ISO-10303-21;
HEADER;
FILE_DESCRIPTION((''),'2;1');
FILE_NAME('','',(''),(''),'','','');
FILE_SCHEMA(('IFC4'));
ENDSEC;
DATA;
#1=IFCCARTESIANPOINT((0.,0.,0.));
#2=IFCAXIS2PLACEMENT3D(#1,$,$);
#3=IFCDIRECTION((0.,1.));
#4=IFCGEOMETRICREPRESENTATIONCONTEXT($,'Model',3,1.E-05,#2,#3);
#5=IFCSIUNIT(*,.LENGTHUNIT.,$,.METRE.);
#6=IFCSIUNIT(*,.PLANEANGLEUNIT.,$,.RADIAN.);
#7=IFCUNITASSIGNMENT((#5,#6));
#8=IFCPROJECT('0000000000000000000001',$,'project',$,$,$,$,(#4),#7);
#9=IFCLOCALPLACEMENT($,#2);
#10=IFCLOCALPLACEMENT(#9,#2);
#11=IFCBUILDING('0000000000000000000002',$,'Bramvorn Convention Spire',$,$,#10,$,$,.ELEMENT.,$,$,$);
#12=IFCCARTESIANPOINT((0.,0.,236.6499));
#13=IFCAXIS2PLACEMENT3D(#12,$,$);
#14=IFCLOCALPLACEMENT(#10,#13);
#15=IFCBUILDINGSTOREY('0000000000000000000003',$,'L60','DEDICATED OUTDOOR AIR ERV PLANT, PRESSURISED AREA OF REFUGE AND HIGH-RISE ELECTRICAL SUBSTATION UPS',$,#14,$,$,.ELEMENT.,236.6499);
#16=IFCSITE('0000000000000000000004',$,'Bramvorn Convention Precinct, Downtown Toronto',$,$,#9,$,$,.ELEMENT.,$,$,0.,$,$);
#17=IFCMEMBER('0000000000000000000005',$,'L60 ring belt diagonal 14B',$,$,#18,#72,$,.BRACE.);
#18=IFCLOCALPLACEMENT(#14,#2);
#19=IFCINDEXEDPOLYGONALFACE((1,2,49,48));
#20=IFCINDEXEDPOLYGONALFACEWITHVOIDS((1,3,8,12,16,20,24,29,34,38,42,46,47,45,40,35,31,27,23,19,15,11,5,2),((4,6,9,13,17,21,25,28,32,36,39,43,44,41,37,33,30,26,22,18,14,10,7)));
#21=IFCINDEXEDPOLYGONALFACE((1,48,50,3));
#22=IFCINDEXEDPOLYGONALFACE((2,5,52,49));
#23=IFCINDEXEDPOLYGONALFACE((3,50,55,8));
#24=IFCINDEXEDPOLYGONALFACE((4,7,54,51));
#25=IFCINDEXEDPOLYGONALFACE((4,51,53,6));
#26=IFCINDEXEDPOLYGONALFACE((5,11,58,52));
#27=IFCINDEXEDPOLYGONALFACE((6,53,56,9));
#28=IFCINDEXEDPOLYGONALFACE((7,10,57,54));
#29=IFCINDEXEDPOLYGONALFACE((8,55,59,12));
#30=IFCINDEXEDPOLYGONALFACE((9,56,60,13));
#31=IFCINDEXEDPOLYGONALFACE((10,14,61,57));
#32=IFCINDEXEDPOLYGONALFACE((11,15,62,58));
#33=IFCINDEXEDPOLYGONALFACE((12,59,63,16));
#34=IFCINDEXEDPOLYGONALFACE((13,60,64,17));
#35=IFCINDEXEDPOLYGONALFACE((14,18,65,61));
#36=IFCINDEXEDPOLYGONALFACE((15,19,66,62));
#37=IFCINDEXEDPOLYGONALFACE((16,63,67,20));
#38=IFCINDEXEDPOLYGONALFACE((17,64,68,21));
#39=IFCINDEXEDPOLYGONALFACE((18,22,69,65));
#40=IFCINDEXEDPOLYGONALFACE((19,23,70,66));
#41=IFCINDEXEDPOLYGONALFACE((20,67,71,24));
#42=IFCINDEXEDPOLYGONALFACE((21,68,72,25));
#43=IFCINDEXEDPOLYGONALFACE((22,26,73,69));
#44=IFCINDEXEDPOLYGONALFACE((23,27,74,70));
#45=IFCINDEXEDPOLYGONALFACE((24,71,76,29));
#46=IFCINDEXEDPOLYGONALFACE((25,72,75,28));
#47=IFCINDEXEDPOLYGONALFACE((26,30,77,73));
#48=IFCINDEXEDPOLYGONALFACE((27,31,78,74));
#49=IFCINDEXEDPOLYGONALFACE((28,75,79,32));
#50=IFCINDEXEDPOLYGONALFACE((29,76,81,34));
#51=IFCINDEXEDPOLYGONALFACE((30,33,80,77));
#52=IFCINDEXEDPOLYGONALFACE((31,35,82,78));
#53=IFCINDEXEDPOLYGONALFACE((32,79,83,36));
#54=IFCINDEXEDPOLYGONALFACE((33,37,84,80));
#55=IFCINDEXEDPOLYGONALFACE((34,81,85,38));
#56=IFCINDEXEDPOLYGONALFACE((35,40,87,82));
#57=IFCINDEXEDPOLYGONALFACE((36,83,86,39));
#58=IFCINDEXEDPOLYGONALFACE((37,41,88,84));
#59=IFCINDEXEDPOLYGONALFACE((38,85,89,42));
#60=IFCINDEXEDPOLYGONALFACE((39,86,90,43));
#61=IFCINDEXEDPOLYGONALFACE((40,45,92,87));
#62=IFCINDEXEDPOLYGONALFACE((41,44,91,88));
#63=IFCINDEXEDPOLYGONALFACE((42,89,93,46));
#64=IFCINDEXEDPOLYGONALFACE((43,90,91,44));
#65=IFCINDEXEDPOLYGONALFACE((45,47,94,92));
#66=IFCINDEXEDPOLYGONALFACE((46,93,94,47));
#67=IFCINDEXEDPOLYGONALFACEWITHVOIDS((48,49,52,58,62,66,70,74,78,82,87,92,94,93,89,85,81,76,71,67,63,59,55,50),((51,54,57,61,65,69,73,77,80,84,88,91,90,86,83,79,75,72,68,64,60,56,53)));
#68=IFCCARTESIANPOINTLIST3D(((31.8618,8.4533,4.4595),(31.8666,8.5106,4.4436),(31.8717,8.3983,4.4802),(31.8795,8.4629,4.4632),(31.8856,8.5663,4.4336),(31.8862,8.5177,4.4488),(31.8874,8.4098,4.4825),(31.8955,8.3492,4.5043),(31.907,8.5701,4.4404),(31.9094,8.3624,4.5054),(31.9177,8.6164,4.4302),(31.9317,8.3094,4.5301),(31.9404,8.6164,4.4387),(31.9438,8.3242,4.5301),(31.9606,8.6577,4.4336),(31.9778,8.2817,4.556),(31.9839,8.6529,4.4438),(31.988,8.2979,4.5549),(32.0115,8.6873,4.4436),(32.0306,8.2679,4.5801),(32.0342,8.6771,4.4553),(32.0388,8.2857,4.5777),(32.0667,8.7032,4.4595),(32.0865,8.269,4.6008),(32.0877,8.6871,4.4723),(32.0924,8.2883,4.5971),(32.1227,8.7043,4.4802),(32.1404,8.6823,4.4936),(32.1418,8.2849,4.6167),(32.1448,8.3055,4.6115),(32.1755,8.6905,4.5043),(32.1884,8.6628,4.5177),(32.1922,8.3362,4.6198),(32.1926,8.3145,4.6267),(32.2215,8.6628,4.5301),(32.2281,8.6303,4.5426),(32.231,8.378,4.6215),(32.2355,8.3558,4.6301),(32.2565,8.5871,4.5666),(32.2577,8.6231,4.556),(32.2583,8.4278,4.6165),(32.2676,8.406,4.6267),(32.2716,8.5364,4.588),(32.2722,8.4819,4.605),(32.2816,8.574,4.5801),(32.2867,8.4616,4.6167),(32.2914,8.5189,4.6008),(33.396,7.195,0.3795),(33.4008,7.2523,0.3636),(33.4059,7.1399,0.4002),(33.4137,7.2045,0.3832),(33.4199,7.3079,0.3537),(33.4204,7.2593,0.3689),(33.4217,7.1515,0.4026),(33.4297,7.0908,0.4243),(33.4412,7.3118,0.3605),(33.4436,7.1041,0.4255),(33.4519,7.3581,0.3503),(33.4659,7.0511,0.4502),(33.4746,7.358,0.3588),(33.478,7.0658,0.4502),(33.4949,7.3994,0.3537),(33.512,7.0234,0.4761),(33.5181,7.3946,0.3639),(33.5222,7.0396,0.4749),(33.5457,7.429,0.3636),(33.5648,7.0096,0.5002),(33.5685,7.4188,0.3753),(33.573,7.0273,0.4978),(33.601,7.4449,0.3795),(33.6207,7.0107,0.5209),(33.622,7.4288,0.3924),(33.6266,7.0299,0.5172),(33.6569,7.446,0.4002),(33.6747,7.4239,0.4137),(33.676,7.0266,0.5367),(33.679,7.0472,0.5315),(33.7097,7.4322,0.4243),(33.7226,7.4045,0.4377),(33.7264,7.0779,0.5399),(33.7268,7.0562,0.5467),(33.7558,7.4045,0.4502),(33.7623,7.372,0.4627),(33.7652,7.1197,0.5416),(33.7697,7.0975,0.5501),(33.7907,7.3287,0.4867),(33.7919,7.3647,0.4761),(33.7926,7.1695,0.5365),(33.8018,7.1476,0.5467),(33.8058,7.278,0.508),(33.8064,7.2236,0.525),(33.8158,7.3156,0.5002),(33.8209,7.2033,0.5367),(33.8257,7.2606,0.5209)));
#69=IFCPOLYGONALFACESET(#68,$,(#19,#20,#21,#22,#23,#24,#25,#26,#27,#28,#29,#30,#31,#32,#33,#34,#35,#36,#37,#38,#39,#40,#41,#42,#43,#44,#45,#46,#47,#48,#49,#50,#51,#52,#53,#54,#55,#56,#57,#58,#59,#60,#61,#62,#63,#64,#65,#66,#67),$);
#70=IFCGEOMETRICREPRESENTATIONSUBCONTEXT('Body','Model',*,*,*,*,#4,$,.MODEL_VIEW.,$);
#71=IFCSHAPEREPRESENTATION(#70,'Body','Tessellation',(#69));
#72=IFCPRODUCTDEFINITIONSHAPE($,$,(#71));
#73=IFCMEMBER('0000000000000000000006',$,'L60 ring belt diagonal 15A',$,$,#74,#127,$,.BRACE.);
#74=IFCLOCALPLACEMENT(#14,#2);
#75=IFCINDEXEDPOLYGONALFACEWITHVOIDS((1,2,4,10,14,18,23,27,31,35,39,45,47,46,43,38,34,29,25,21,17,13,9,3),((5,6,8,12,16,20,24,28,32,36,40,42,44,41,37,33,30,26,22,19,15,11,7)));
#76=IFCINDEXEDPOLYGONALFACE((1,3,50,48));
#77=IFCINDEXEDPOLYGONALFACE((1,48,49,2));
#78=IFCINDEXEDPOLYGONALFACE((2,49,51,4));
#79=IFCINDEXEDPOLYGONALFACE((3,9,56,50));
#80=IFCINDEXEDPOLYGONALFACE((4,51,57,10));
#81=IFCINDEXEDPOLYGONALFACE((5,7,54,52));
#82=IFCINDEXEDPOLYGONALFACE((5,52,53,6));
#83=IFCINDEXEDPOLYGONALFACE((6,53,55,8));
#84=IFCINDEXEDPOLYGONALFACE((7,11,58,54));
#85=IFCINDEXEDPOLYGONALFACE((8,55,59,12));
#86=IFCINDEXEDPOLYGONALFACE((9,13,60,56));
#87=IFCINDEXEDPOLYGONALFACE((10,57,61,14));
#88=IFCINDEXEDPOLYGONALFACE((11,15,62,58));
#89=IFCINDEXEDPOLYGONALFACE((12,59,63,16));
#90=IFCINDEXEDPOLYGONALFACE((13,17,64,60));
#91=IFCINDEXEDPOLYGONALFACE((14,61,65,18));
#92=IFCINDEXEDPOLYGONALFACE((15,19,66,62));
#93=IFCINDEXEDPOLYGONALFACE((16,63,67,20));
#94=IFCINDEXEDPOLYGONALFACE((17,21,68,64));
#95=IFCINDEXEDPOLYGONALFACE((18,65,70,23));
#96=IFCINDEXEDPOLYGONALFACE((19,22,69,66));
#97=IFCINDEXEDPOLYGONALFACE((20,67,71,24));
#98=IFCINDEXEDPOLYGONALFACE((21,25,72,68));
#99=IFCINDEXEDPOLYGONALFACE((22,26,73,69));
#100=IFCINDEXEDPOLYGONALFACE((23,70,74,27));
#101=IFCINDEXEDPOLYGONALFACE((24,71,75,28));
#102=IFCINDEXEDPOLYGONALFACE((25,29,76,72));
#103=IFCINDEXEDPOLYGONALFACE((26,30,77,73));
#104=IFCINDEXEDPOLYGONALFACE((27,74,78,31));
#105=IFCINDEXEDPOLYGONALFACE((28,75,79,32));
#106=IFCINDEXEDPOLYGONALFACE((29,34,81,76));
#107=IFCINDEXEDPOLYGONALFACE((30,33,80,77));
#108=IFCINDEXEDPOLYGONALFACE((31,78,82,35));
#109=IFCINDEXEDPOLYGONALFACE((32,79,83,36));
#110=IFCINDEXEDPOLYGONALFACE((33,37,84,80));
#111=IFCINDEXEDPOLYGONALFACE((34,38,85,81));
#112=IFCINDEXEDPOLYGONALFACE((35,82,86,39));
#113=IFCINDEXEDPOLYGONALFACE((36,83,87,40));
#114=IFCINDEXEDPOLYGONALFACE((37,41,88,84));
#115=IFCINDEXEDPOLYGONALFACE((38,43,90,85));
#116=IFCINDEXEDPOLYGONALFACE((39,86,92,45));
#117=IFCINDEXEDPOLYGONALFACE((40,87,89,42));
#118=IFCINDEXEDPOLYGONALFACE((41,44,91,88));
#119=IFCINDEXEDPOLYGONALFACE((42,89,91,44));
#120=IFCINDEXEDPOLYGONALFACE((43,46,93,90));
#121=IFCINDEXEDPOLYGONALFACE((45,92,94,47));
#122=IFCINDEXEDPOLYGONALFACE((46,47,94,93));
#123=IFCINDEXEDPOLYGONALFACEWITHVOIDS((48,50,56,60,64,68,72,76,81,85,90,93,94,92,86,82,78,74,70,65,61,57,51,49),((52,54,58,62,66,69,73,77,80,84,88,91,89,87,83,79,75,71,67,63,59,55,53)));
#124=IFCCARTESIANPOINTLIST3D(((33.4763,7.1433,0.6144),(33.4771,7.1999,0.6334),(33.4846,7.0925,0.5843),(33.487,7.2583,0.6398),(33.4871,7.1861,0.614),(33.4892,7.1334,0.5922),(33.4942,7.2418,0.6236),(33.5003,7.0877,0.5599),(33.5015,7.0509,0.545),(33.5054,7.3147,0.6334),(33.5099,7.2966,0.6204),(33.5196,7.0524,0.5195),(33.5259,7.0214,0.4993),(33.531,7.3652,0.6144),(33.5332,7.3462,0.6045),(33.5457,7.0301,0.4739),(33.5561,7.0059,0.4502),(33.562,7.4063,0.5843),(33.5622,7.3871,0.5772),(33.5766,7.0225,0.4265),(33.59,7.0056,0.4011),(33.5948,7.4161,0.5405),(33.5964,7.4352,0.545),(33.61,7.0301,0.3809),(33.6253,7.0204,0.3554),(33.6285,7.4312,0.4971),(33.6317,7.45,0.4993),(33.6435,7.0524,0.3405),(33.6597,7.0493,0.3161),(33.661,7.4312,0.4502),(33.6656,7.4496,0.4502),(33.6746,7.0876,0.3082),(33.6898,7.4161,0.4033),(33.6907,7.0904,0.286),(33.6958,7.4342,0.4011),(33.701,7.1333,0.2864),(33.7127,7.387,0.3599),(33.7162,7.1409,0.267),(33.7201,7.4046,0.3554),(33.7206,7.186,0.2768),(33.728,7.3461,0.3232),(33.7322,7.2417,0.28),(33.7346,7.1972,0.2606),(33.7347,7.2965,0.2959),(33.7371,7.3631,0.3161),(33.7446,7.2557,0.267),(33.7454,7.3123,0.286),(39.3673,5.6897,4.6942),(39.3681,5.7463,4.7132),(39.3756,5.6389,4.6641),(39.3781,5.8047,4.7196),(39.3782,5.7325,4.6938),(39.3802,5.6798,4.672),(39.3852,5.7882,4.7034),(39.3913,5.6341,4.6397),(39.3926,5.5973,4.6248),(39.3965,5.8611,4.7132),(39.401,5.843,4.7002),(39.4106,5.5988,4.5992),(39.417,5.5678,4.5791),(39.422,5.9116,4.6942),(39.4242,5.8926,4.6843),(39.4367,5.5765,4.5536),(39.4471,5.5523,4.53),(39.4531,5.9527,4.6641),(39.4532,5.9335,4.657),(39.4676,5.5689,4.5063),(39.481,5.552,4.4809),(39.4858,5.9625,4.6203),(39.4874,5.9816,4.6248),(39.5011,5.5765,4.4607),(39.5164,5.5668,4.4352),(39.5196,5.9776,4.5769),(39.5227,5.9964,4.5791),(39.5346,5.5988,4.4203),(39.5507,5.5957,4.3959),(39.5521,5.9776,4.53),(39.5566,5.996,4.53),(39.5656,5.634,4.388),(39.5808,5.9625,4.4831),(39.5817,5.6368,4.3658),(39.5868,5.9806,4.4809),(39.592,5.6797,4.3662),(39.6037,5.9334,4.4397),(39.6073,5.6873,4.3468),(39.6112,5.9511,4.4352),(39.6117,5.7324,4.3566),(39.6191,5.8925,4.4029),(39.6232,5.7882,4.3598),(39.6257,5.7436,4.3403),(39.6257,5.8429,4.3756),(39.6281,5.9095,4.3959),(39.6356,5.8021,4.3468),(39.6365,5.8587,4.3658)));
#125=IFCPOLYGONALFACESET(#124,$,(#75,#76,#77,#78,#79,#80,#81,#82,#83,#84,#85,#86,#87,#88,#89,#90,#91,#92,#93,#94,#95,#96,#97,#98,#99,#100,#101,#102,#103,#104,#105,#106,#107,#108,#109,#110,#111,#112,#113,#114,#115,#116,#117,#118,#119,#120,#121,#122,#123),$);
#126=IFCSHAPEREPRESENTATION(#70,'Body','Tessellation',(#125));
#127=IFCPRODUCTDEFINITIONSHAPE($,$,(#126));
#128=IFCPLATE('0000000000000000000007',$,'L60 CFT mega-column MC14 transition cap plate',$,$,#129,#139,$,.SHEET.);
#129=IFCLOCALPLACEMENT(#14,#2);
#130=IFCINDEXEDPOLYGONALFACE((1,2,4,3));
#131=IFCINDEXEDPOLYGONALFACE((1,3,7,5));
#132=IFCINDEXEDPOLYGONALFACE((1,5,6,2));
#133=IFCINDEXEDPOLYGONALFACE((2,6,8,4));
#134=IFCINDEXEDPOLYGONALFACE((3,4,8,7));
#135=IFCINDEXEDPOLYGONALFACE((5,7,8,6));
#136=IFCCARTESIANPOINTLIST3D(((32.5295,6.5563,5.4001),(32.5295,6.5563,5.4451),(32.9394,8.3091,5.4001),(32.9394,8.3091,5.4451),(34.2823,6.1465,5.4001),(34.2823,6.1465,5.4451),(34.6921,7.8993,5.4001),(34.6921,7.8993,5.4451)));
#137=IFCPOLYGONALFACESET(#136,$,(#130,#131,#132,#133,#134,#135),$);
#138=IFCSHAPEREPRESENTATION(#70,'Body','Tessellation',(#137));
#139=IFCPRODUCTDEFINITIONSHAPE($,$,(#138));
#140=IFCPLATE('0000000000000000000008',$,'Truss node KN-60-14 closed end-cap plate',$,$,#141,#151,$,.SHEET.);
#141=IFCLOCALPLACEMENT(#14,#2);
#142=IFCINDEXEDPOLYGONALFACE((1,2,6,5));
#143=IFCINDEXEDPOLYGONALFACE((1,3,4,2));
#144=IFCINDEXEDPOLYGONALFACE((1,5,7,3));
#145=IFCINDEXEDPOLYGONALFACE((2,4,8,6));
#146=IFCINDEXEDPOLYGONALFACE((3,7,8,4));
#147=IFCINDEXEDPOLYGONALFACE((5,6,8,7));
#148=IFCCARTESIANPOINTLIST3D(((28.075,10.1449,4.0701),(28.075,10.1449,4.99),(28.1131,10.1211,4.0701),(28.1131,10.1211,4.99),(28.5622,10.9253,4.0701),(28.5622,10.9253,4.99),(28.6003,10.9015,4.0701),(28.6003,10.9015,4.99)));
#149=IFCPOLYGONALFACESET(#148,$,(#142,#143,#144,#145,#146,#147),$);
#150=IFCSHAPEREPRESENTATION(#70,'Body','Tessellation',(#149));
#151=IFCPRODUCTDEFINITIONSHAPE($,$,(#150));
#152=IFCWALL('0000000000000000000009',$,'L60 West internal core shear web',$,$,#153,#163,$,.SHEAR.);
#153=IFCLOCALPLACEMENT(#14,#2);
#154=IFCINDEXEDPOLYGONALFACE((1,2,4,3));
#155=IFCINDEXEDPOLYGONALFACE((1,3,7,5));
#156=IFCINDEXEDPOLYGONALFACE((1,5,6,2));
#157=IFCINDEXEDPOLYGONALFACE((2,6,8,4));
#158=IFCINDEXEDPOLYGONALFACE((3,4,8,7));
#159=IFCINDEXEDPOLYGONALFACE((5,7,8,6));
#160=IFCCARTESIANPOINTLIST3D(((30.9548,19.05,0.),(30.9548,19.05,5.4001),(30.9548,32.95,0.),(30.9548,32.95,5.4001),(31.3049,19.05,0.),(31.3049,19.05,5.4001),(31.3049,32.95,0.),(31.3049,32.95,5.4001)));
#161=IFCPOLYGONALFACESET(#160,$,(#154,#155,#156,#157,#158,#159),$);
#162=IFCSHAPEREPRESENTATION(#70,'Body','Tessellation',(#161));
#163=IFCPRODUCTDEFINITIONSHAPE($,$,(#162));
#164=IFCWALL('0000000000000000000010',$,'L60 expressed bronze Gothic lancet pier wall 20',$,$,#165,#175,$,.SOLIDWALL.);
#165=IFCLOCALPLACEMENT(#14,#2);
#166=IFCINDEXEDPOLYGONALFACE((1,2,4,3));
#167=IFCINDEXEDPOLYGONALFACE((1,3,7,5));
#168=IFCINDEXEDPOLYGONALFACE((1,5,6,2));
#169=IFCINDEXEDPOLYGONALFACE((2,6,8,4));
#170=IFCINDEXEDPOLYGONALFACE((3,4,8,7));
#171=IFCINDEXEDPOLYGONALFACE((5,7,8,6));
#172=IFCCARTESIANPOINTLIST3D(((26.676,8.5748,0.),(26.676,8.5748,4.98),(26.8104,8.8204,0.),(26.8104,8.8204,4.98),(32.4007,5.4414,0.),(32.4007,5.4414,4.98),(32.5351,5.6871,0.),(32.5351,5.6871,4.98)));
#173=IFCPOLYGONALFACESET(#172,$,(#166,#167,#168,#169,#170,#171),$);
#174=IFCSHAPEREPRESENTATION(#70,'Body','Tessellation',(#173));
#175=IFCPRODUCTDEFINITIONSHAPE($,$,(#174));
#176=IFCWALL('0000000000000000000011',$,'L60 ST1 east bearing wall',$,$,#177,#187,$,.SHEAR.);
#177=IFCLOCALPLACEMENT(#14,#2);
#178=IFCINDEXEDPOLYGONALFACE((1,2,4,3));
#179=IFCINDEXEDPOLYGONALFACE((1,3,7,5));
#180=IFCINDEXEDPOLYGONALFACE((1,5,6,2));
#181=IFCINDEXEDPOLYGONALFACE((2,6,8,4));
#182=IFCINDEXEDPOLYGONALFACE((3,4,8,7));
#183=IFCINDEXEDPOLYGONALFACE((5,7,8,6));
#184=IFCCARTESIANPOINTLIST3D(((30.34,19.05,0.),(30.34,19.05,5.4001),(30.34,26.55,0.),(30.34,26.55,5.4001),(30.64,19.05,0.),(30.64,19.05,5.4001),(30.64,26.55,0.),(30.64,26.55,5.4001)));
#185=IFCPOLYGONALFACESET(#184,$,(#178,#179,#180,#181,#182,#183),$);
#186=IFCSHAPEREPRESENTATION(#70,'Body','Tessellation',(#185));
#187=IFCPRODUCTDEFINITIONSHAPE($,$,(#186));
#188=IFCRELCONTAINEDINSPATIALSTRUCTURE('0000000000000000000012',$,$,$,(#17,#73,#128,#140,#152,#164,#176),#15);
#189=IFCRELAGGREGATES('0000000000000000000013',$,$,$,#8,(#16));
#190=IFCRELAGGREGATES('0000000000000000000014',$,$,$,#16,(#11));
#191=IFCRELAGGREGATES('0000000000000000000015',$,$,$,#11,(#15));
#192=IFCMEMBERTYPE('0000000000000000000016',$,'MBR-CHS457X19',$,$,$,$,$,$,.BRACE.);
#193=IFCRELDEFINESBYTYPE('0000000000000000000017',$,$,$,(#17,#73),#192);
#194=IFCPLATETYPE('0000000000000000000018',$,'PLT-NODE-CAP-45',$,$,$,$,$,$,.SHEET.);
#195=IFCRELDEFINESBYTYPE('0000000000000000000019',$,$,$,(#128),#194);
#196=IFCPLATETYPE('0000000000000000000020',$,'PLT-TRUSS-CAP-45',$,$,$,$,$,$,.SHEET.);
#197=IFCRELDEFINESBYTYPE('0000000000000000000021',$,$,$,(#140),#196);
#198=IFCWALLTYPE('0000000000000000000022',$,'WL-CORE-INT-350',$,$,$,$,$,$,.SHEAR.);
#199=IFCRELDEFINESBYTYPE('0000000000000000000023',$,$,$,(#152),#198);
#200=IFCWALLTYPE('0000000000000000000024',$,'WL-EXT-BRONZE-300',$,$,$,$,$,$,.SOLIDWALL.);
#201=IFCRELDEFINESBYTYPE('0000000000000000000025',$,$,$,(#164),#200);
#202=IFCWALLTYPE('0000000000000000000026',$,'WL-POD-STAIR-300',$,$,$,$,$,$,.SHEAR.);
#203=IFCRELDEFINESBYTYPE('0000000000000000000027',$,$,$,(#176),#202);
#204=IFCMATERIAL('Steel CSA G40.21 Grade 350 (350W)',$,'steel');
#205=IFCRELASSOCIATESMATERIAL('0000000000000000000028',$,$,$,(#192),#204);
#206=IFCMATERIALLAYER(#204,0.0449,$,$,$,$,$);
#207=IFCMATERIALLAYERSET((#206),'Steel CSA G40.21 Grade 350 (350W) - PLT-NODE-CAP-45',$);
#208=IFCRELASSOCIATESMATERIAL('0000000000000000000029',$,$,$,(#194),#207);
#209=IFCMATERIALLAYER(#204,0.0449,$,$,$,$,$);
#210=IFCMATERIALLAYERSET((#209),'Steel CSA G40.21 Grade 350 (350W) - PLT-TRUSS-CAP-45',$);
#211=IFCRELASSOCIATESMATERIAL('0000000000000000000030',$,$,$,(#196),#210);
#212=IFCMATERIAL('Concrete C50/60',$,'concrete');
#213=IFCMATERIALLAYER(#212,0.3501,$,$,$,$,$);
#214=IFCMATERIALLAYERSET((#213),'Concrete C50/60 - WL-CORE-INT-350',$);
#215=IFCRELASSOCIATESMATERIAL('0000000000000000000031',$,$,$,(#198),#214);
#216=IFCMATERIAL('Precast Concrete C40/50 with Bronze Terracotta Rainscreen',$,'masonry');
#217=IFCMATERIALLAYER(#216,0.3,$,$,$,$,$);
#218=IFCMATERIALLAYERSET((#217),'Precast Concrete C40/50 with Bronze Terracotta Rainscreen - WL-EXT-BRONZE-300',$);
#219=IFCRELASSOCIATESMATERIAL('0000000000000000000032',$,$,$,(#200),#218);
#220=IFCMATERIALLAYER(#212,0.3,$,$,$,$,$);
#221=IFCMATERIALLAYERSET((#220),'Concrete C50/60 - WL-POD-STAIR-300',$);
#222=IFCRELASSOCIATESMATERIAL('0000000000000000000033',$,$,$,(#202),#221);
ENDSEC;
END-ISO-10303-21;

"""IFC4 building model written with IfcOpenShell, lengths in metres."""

from ifc_helpers import new_model, si_unit, direction, frame, frame_2d, origin, origin_2d, place, context, subcontext, project, spatial, rectangle, hollow_circle, extrude, material, layer, layer_set, material_profile, profile_set, type_object, element, save


model = new_model("IFC4")

# Units and contexts
model_context = context("Model", 3, precision=1e-05, world=origin(), true_north=direction((0.0, 1.0)))
body_context = subcontext(model_context, "Body", "Model", "MODEL_VIEW")
ifc_project = project(units=[si_unit("LENGTHUNIT", "METRE"), si_unit("PLANEANGLEUNIT", "RADIAN")], contexts=[model_context])

# Site, building, storey
site_placement = place(None, origin())
site = spatial("IfcSite", under=ifc_project, at=site_placement, Name="Bramvorn Convention Precinct, Downtown Toronto", CompositionType="ELEMENT", RefElevation=0.0)
building_placement = place(site_placement, origin())
building = spatial("IfcBuilding", under=site, at=building_placement, Name="Bramvorn Convention Spire", CompositionType="ELEMENT")
storey_placement = place(building_placement, frame((0.0, 0.0, 236.6499)))
storey = spatial("IfcBuildingStorey", under=building, at=storey_placement, Name="L60", Description="DEDICATED OUTDOOR AIR ERV PLANT, PRESSURISED AREA OF REFUGE AND HIGH-RISE ELECTRICAL SUBSTATION UPS", CompositionType="ELEMENT", Elevation=236.6499)

# Shared definitions
ifc_material_1 = material(Name="Steel CSA G40.21 Grade 350 (350W)", Category="steel")

# Members
ifc_material_profile_1 = material_profile(ifc_material_1, hollow_circle(Radius=0.2285, WallThickness=0.019, at=origin_2d()))
ifc_profile_set_1 = profile_set([ifc_material_profile_1], Name="Steel CSA G40.21 Grade 350 (350W) - CHS457X19")
member_type_1 = type_object("IfcMemberType", Name="MBR-CHS457X19", PredefinedType="BRACE", material=ifc_profile_set_1)
member_1_placement = place(storey_placement, frame((33.6108, 7.2278, 0.4502), z_axis=(-0.338167, 0.277357, 0.899286), x_axis=(-0.634162, -0.7732, 0.0)))
element("IfcMember", 1, at=member_1_placement, inside=storey, type_object=member_type_1, Name="L60 ring belt diagonal 14B", PredefinedType="BRACE", context=body_context, shape_type="SweptSolid", body=[
    extrude(hollow_circle(Radius=0.2285, WallThickness=0.019, at=origin_2d()), origin(), (0.0, 0.0, 1.0), 4.5369),
])
member_2_placement = place(storey_placement, frame((33.6108, 7.2278, 0.4502), z_axis=(0.805693, -0.198802, 0.557975), x_axis=(0.239562, 0.970881, 0.0)))
element("IfcMember", 2, at=member_2_placement, inside=storey, type_object=member_type_1, Name="L60 ring belt diagonal 15A", PredefinedType="BRACE", context=body_context, shape_type="SweptSolid", body=[
    extrude(hollow_circle(Radius=0.2285, WallThickness=0.019, at=origin_2d()), origin(), (0.0, 0.0, 1.0), 7.3118),
])

# Plates
ifc_layer_1 = layer(ifc_material_1, 0.0449)
ifc_layer_set_1 = layer_set([ifc_layer_1], Name="Steel CSA G40.21 Grade 350 (350W) - PLT-NODE-CAP-45")
plate_type_1 = type_object("IfcPlateType", Name="PLT-NODE-CAP-45", PredefinedType="SHEET", material=ifc_layer_set_1)
plate_1_placement = place(storey_placement, frame((33.6108, 7.2278, 5.4001), z_axis=(0.0, 0.0, 1.0), x_axis=(-0.22767, -0.973738, 0.0)))
element("IfcPlate", 3, at=plate_1_placement, inside=storey, type_object=plate_type_1, Name="L60 CFT mega-column MC14 transition cap plate", PredefinedType="SHEET", context=body_context, shape_type="SweptSolid", body=[
    extrude(rectangle(XDim=1.8, YDim=1.8, at=origin_2d()), origin(), (0.0, 0.0, 1.0), 0.0449),
])
ifc_layer_2 = layer(ifc_material_1, 0.0449)
ifc_layer_set_2 = layer_set([ifc_layer_2], Name="Steel CSA G40.21 Grade 350 (350W) - PLT-TRUSS-CAP-45")
plate_type_2 = type_object("IfcPlateType", Name="PLT-TRUSS-CAP-45", PredefinedType="SHEET", material=ifc_layer_set_2)
plate_2_placement = place(storey_placement, frame((28.3376, 10.5232, 4.0701), z_axis=(0.0, 0.0, 1.0), x_axis=(-0.529581, -0.848259, 0.0)))
element("IfcPlate", 4, at=plate_2_placement, inside=storey, type_object=plate_type_2, Name="Truss node KN-60-14 closed end-cap plate", PredefinedType="SHEET", context=body_context, shape_type="SweptSolid", body=[
    extrude(rectangle(XDim=0.9199, YDim=0.0449, at=origin_2d()), origin(), (0.0, 0.0, 1.0), 0.9199),
])

# Walls
ifc_material_2 = material(Name="Concrete C50/60", Category="concrete")
ifc_layer_3 = layer(ifc_material_2, 0.3501)
ifc_layer_set_3 = layer_set([ifc_layer_3], Name="Concrete C50/60 - WL-CORE-INT-350")
wall_type_1 = type_object("IfcWallType", Name="WL-CORE-INT-350", PredefinedType="SHEAR", material=ifc_layer_set_3)
wall_1_placement = place(storey_placement, frame((31.1299, 19.05, 0.0), z_axis=(0.0, 0.0, 1.0), x_axis=(0.0, 1.0, 0.0)))
element("IfcWall", 5, at=wall_1_placement, inside=storey, type_object=wall_type_1, Name="L60 West internal core shear web", PredefinedType="SHEAR", context=body_context, shape_type="SweptSolid", body=[
    extrude(rectangle(XDim=13.8999, YDim=0.3501, at=frame_2d((6.95, 0.0))), origin(), (0.0, 0.0, 1.0), 5.4001),
])
ifc_material_3 = material(Name="Precast Concrete C40/50 with Bronze Terracotta Rainscreen", Category="masonry")
ifc_layer_4 = layer(ifc_material_3, 0.3)
ifc_layer_set_4 = layer_set([ifc_layer_4], Name="Precast Concrete C40/50 with Bronze Terracotta Rainscreen - WL-EXT-BRONZE-300")
wall_type_2 = type_object("IfcWallType", Name="WL-EXT-BRONZE-300", PredefinedType="SOLIDWALL", material=ifc_layer_set_4)
wall_2_placement = place(storey_placement, frame((32.468, 5.5642, 0.0), z_axis=(0.0, 0.0, 1.0), x_axis=(-0.8772, 0.480125, 0.0)))
element("IfcWall", 6, at=wall_2_placement, inside=storey, type_object=wall_type_2, Name="L60 expressed bronze Gothic lancet pier wall 20", PredefinedType="SOLIDWALL", context=body_context, shape_type="SweptSolid", body=[
    extrude(rectangle(XDim=6.5261, YDim=0.28, at=frame_2d((3.2632, 0.0))), origin(), (0.0, 0.0, 1.0), 4.98),
])
ifc_layer_5 = layer(ifc_material_2, 0.3)
ifc_layer_set_5 = layer_set([ifc_layer_5], Name="Concrete C50/60 - WL-POD-STAIR-300")
wall_type_3 = type_object("IfcWallType", Name="WL-POD-STAIR-300", PredefinedType="SHEAR", material=ifc_layer_set_5)
wall_3_placement = place(storey_placement, frame((30.49, 19.05, 0.0), z_axis=(0.0, 0.0, 1.0), x_axis=(0.0, 1.0, 0.0)))
element("IfcWall", 7, at=wall_3_placement, inside=storey, type_object=wall_type_3, Name="L60 ST1 east bearing wall", PredefinedType="SHEAR", context=body_context, shape_type="SweptSolid", body=[
    extrude(rectangle(XDim=7.5, YDim=0.3, at=frame_2d((3.75, 0.0))), origin(), (0.0, 0.0, 1.0), 5.4001),
])

save(model, "model.ifc")
